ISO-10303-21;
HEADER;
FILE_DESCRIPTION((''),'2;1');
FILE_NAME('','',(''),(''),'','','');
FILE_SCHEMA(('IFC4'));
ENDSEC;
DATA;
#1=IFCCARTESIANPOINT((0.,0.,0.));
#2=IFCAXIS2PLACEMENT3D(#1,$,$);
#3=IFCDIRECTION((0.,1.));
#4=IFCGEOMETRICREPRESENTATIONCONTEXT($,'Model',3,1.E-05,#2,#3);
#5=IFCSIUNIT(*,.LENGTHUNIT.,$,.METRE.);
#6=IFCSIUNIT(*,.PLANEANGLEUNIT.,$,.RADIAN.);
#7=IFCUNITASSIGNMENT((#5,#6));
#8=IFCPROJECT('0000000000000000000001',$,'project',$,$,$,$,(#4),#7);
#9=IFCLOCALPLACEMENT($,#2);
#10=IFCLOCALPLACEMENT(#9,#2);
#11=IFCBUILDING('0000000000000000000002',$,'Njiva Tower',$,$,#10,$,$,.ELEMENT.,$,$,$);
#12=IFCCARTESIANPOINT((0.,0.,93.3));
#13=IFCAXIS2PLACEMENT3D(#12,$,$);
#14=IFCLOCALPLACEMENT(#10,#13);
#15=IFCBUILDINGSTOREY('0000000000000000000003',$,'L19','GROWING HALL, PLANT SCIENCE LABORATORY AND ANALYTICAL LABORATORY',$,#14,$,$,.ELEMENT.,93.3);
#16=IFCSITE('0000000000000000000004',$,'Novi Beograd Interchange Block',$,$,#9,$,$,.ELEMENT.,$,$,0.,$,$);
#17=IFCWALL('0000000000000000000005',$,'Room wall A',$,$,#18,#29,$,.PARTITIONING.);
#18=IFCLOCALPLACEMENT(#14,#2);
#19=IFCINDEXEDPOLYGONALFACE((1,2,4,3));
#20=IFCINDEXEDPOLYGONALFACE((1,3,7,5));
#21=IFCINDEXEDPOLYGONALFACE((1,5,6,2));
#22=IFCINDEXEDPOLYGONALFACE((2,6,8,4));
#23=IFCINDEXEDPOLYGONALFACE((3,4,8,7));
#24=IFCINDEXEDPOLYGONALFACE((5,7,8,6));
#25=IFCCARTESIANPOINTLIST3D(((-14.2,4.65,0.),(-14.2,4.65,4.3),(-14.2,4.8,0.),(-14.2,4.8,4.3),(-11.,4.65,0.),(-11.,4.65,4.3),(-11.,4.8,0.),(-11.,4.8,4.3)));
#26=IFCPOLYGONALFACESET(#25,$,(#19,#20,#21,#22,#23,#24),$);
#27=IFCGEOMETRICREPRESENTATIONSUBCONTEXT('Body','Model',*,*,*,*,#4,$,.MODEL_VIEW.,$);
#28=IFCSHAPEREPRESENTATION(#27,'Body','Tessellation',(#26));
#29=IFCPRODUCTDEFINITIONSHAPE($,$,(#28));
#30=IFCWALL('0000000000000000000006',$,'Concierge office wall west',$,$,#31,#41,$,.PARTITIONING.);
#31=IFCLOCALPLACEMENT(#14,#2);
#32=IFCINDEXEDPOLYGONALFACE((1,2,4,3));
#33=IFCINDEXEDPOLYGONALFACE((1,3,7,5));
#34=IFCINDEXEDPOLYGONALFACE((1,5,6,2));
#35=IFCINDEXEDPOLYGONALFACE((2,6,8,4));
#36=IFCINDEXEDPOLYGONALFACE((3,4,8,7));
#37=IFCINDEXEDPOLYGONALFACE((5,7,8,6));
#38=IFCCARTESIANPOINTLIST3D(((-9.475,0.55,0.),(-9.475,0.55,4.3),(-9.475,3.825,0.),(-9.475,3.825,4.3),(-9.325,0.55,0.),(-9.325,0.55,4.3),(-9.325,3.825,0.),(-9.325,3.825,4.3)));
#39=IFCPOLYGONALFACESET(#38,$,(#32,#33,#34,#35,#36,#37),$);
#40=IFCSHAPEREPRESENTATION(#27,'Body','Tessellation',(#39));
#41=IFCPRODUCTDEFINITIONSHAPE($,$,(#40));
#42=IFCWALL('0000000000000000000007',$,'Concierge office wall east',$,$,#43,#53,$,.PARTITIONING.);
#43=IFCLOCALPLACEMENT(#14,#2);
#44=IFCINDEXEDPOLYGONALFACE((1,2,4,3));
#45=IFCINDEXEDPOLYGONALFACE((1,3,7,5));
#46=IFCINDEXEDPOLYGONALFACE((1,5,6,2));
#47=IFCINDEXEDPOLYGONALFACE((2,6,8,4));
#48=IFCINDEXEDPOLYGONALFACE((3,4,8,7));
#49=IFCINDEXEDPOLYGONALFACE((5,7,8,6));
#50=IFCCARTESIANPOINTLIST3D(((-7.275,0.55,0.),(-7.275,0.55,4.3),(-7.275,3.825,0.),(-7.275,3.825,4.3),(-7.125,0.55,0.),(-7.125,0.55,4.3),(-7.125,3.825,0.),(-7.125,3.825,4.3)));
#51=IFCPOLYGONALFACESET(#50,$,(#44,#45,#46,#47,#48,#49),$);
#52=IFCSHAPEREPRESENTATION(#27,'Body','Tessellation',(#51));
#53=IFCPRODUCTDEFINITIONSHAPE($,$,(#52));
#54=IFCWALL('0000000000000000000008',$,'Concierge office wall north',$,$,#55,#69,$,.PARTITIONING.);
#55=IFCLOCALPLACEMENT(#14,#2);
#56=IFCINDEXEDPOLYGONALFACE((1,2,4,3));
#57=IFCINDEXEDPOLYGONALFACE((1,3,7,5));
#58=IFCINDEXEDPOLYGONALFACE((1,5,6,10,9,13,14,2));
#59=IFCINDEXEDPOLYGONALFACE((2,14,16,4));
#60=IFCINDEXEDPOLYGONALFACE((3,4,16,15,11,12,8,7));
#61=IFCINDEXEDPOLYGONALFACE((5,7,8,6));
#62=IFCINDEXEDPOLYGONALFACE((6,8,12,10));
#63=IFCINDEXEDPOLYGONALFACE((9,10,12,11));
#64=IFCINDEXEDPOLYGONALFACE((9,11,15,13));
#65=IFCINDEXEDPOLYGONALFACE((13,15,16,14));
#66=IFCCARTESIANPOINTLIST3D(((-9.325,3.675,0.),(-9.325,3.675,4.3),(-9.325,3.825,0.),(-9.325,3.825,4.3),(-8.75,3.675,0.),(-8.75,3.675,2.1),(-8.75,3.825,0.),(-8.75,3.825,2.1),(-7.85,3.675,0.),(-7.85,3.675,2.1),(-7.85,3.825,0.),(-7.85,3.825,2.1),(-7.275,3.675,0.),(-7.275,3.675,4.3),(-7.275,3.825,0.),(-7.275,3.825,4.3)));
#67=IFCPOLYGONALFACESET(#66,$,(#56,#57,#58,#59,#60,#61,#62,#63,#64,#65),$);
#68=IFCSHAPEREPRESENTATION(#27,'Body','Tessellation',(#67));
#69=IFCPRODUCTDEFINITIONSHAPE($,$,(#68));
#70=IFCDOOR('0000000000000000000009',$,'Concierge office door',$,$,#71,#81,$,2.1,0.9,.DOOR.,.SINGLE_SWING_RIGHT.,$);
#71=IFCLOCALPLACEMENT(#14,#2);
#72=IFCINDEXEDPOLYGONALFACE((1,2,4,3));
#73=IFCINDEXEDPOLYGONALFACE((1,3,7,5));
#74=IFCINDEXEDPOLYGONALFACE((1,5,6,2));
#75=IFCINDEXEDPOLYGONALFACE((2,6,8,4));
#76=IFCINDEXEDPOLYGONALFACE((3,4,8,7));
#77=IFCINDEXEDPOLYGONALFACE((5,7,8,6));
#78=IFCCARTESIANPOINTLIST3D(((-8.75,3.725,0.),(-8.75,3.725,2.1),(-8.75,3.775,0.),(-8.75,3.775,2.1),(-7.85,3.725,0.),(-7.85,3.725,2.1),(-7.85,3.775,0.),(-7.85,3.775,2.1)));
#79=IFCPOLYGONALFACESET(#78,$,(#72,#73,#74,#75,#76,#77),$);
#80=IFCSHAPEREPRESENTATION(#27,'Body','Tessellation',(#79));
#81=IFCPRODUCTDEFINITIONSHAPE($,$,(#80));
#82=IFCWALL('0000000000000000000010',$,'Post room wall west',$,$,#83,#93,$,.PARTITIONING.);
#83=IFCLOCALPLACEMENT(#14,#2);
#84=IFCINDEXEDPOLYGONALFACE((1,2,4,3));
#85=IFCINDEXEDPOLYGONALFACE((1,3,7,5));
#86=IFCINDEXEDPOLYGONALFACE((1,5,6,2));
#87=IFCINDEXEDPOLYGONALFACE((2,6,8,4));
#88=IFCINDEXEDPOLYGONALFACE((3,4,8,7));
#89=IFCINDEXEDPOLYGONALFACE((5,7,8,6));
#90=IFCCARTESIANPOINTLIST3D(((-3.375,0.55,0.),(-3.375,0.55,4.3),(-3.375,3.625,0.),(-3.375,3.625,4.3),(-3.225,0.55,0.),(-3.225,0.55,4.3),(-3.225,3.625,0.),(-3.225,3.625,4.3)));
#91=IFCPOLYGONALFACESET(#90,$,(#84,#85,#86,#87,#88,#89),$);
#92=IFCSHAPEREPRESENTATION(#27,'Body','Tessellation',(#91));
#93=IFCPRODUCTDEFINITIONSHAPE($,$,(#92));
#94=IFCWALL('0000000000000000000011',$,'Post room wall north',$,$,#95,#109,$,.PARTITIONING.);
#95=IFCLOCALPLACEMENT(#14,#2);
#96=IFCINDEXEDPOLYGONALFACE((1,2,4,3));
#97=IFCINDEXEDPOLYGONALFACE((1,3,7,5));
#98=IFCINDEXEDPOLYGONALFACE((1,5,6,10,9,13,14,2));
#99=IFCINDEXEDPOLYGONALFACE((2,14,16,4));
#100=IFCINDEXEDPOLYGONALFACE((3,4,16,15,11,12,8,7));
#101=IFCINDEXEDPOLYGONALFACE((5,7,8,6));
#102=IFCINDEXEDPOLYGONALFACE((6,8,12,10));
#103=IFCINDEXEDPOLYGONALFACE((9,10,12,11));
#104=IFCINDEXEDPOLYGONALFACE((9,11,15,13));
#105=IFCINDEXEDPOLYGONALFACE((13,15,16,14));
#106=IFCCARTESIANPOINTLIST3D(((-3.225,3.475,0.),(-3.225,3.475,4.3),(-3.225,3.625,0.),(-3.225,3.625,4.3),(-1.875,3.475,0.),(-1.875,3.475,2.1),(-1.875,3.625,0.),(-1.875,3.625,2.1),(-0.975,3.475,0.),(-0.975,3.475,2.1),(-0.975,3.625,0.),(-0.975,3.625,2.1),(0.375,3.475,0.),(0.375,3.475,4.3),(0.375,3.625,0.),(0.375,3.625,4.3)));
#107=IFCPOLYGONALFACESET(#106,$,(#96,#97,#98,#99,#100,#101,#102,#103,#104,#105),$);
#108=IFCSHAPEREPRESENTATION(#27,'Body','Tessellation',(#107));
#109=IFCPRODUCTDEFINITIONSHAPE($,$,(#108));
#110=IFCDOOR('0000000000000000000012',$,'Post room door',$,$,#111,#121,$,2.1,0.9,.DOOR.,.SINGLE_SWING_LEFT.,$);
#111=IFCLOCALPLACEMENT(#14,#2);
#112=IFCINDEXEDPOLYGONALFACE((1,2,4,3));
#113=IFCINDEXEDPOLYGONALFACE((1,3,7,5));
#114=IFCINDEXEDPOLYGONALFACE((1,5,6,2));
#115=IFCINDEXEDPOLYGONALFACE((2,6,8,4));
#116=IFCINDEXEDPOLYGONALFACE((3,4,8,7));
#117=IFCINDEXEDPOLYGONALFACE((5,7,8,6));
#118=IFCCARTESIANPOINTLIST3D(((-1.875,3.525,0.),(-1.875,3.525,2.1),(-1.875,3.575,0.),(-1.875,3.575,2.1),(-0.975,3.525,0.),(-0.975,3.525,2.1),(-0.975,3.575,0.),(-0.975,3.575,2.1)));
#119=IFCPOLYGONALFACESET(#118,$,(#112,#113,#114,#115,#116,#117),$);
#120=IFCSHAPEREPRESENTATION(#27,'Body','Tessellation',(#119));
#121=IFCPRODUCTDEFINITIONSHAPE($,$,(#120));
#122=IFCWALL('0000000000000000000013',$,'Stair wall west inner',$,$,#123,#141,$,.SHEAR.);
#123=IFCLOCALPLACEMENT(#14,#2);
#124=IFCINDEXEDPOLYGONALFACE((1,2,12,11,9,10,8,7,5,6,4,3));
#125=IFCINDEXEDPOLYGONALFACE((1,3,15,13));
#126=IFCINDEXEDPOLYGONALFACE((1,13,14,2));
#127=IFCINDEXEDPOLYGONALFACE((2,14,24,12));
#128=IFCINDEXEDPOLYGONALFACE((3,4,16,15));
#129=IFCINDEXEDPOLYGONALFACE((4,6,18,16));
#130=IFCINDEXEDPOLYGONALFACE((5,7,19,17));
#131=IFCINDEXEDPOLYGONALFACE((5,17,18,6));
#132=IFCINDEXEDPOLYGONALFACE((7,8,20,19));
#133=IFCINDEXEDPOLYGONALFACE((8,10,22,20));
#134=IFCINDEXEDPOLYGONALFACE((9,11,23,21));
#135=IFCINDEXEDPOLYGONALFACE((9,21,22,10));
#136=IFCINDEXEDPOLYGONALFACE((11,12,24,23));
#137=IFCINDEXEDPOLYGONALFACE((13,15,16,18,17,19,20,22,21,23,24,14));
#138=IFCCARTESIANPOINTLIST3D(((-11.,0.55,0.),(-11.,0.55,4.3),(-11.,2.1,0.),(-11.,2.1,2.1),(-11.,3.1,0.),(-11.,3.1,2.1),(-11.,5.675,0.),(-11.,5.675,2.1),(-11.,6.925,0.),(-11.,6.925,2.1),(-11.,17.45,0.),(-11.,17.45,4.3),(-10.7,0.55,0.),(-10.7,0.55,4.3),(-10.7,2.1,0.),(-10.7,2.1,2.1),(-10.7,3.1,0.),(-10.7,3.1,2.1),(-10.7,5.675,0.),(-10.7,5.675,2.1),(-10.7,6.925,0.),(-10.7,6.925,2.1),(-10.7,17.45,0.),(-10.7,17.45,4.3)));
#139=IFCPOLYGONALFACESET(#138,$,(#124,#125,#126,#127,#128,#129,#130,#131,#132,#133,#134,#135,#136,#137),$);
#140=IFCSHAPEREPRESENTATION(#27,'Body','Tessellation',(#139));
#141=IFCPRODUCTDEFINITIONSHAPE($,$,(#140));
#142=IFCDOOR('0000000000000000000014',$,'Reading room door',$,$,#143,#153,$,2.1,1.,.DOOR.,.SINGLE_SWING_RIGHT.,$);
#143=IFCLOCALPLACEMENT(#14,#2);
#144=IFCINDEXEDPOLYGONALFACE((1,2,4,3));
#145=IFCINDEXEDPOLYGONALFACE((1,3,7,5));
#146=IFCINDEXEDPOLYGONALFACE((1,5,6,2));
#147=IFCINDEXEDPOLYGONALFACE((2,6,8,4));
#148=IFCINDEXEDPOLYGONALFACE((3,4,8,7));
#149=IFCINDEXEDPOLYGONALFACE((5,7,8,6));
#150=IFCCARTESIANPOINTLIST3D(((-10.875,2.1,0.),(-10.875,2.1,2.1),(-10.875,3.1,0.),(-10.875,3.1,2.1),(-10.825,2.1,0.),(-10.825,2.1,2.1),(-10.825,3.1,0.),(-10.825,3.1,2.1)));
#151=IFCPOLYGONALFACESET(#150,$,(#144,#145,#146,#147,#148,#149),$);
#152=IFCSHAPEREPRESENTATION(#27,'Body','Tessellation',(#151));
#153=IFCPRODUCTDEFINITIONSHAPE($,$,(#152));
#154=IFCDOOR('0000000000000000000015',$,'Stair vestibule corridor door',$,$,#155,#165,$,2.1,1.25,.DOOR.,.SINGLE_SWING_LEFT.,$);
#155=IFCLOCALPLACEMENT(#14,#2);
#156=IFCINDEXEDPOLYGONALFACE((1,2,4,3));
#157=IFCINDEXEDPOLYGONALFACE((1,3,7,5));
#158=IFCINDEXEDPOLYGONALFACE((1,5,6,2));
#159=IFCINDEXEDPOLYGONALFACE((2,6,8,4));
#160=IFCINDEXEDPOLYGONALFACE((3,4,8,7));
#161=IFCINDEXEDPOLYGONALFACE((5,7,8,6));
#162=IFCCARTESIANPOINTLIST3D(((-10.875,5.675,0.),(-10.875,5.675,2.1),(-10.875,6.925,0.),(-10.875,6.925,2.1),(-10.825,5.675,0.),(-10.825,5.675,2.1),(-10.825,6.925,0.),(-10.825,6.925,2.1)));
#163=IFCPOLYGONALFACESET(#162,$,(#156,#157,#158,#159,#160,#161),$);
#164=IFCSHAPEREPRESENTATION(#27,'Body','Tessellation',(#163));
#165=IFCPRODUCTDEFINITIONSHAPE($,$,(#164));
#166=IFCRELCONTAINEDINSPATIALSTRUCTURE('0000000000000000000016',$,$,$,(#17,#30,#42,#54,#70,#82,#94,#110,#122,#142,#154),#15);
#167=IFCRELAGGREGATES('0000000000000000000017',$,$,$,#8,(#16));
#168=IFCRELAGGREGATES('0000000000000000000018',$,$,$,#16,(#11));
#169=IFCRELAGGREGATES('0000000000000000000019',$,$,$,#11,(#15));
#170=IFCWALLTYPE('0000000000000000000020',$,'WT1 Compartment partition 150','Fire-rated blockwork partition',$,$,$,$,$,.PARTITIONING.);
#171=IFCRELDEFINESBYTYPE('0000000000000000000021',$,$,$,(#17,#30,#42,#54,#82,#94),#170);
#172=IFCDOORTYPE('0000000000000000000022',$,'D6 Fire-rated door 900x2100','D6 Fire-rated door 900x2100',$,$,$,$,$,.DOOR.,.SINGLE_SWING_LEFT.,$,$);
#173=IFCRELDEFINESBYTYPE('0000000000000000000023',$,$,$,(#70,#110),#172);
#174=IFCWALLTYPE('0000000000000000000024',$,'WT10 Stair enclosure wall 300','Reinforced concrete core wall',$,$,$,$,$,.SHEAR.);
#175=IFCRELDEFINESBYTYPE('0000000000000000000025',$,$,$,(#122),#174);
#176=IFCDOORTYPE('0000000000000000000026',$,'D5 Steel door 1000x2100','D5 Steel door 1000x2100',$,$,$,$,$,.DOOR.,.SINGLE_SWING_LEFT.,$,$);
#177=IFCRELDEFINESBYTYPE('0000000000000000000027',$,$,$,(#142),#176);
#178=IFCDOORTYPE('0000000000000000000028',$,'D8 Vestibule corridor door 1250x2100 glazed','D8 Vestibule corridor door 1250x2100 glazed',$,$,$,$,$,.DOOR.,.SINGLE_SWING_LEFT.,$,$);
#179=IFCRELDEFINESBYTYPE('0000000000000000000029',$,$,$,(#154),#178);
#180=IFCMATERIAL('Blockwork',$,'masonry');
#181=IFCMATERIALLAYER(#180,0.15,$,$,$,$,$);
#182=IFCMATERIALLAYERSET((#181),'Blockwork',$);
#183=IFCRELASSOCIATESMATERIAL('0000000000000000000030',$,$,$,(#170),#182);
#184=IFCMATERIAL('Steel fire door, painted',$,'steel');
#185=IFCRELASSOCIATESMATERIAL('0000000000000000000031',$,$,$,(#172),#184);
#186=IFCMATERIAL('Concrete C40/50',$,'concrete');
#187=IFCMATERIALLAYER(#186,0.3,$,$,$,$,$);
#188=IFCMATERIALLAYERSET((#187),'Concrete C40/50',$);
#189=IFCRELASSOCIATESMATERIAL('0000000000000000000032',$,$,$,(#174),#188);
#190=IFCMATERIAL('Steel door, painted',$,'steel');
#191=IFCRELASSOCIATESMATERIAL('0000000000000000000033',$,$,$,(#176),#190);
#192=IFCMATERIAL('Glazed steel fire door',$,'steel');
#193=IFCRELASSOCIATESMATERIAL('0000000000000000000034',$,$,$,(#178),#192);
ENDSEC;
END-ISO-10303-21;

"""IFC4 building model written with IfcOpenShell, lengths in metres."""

from ifc_helpers import new_model, si_unit, direction, frame, frame_2d, origin, place, context, subcontext, project, spatial, rectangle, extrude, material, layer, layer_set, type_object, element, fill, save


model = new_model("IFC4")

# Units and contexts
model_context = context("Model", 3, precision=1e-05, world=origin(), true_north=direction((0.0, 1.0)))
body_context = subcontext(model_context, "Body", "Model", "MODEL_VIEW")
ifc_project = project(units=[si_unit("LENGTHUNIT", "METRE"), si_unit("PLANEANGLEUNIT", "RADIAN")], contexts=[model_context])

# Site, building, storey
site_placement = place(None, origin())
site = spatial("IfcSite", under=ifc_project, at=site_placement, Name="Novi Beograd Interchange Block", CompositionType="ELEMENT", RefElevation=0.0)
building_placement = place(site_placement, origin())
building = spatial("IfcBuilding", under=site, at=building_placement, Name="Njiva Tower", CompositionType="ELEMENT")
storey_placement = place(building_placement, frame((0.0, 0.0, 93.3)))
storey = spatial("IfcBuildingStorey", under=building, at=storey_placement, Name="L19", Description="GROWING HALL, PLANT SCIENCE LABORATORY AND ANALYTICAL LABORATORY", CompositionType="ELEMENT", Elevation=93.3)

# Walls
ifc_material_1 = material(Name="Blockwork", Category="masonry")
ifc_layer_1 = layer(ifc_material_1, 0.15)
ifc_layer_set_1 = layer_set([ifc_layer_1], Name="Blockwork")
wall_type_1 = type_object("IfcWallType", Name="WT1 Compartment partition 150", Description="Fire-rated blockwork partition", PredefinedType="PARTITIONING", material=ifc_layer_set_1)
wall_1_placement = place(storey_placement, frame((-14.2, 4.725, 0.0), z_axis=(0.0, 0.0, 1.0), x_axis=(1.0, 0.0, 0.0)))
element("IfcWall", 1, at=wall_1_placement, inside=storey, type_object=wall_type_1, Name="Room wall A", PredefinedType="PARTITIONING", context=body_context, shape_type="SweptSolid", body=[
    extrude(rectangle(XDim=3.2, YDim=0.15, at=frame_2d((1.6, 0.0))), origin(), (0.0, 0.0, 1.0), 4.3),
])
for number, where, z_axis, x_axis, name in (
    (2, (-9.4, 0.55, 0.0), (0.0, 0.0, 1.0), (0.0, 1.0, 0.0), "Concierge office wall west"),
    (3, (-7.2, 0.55, 0.0), (0.0, 0.0, 1.0), (0.0, 1.0, 0.0), "Concierge office wall east"),
):
    element("IfcWall", number, at=place(storey_placement, frame(where, z_axis=z_axis, x_axis=x_axis)), inside=storey, type_object=wall_type_1, Name=name, PredefinedType="PARTITIONING", context=body_context, shape_type="SweptSolid", body=[
        extrude(rectangle(XDim=3.275, YDim=0.15, at=frame_2d((1.6375, 0.0))), origin(), (0.0, 0.0, 1.0), 4.3),
    ])

# Wall, opening, door
wall_2_placement = place(storey_placement, frame((-9.325, 3.75, 0.0), z_axis=(0.0, 0.0, 1.0), x_axis=(1.0, 0.0, 0.0)))
wall_2 = element("IfcWall", 4, at=wall_2_placement, inside=storey, type_object=wall_type_1, Name="Concierge office wall north", PredefinedType="PARTITIONING", context=body_context, shape_type="SweptSolid", body=[
    extrude(rectangle(XDim=2.05, YDim=0.15, at=frame_2d((1.025, 0.0))), origin(), (0.0, 0.0, 1.0), 4.3),
])
opening_1_placement = place(wall_2_placement, frame((0.575, 0.0, 0.0)))
opening_1 = element("IfcOpeningElement", 5, at=opening_1_placement, cuts=wall_2, PredefinedType="OPENING", context=body_context, shape_type="SweptSolid", body=[
    extrude(rectangle(XDim=0.9, YDim=2.1, at=frame_2d((0.45, 1.05))), frame((0.0, 0.085, 0.0), z_axis=(0.0, -1.0, 0.0), x_axis=(1.0, 0.0, 0.0)), (0.0, 0.0, 1.0), 0.17),
])
ifc_material_2 = material(Name="Steel fire door, painted", Category="steel")
door_type_1 = type_object("IfcDoorType", Name="D6 Fire-rated door 900x2100", Description="D6 Fire-rated door 900x2100", OperationType="SINGLE_SWING_LEFT", PredefinedType="DOOR", material=ifc_material_2)
door_1_placement = place(opening_1_placement, origin())
door_1 = element("IfcDoor", 6, at=door_1_placement, inside=storey, type_object=door_type_1, Name="Concierge office door", OperationType="SINGLE_SWING_RIGHT", OverallHeight=2.1, OverallWidth=0.9, PredefinedType="DOOR", context=body_context, shape_type="SweptSolid", body=[
    extrude(rectangle(XDim=0.9, YDim=2.1, at=frame_2d((0.45, 1.05))), frame((0.0, 0.025, 0.0), z_axis=(0.0, -1.0, 0.0), x_axis=(1.0, 0.0, 0.0)), (0.0, 0.0, 1.0), 0.05),
])
fill(opening_1, door_1)

# Wall
wall_3_placement = place(storey_placement, frame((-3.3, 0.55, 0.0), z_axis=(0.0, 0.0, 1.0), x_axis=(0.0, 1.0, 0.0)))
element("IfcWall", 7, at=wall_3_placement, inside=storey, type_object=wall_type_1, Name="Post room wall west", PredefinedType="PARTITIONING", context=body_context, shape_type="SweptSolid", body=[
    extrude(rectangle(XDim=3.075, YDim=0.15, at=frame_2d((1.5375, 0.0))), origin(), (0.0, 0.0, 1.0), 4.3),
])

# Wall, opening, door
wall_4_placement = place(storey_placement, frame((-3.225, 3.55, 0.0), z_axis=(0.0, 0.0, 1.0), x_axis=(1.0, 0.0, 0.0)))
wall_4 = element("IfcWall", 8, at=wall_4_placement, inside=storey, type_object=wall_type_1, Name="Post room wall north", PredefinedType="PARTITIONING", context=body_context, shape_type="SweptSolid", body=[
    extrude(rectangle(XDim=3.6, YDim=0.15, at=frame_2d((1.8, 0.0))), origin(), (0.0, 0.0, 1.0), 4.3),
])
opening_2_placement = place(wall_4_placement, frame((1.35, 0.0, 0.0)))
opening_2 = element("IfcOpeningElement", 9, at=opening_2_placement, cuts=wall_4, PredefinedType="OPENING", context=body_context, shape_type="SweptSolid", body=[
    extrude(rectangle(XDim=0.9, YDim=2.1, at=frame_2d((0.45, 1.05))), frame((0.0, 0.085, 0.0), z_axis=(0.0, -1.0, 0.0), x_axis=(1.0, 0.0, 0.0)), (0.0, 0.0, 1.0), 0.17),
])
door_2_placement = place(opening_2_placement, origin())
door_2 = element("IfcDoor", 10, at=door_2_placement, inside=storey, type_object=door_type_1, Name="Post room door", OperationType="SINGLE_SWING_LEFT", OverallHeight=2.1, OverallWidth=0.9, PredefinedType="DOOR", context=body_context, shape_type="SweptSolid", body=[
    extrude(rectangle(XDim=0.9, YDim=2.1, at=frame_2d((0.45, 1.05))), frame((0.0, 0.025, 0.0), z_axis=(0.0, -1.0, 0.0), x_axis=(1.0, 0.0, 0.0)), (0.0, 0.0, 1.0), 0.05),
])
fill(opening_2, door_2)

# Wall, openings, doors
ifc_material_3 = material(Name="Concrete C40/50", Category="concrete")
ifc_layer_2 = layer(ifc_material_3, 0.3)
ifc_layer_set_2 = layer_set([ifc_layer_2], Name="Concrete C40/50")
wall_type_2 = type_object("IfcWallType", Name="WT10 Stair enclosure wall 300", Description="Reinforced concrete core wall", PredefinedType="SHEAR", material=ifc_layer_set_2)
wall_5_placement = place(storey_placement, frame((-10.85, 0.55, 0.0), z_axis=(0.0, 0.0, 1.0), x_axis=(0.0, 1.0, 0.0)))
wall_5 = element("IfcWall", 11, at=wall_5_placement, inside=storey, type_object=wall_type_2, Name="Stair wall west inner", PredefinedType="SHEAR", context=body_context, shape_type="SweptSolid", body=[
    extrude(rectangle(XDim=16.9, YDim=0.3, at=frame_2d((8.45, 0.0))), origin(), (0.0, 0.0, 1.0), 4.3),
])
opening_3_placement = place(wall_5_placement, frame((5.125, 0.0, 0.0)))
opening_3 = element("IfcOpeningElement", 12, at=opening_3_placement, cuts=wall_5, PredefinedType="OPENING", context=body_context, shape_type="SweptSolid", body=[
    extrude(rectangle(XDim=1.25, YDim=2.1, at=frame_2d((0.625, 1.05))), frame((0.0, 0.16, 0.0), z_axis=(0.0, -1.0, 0.0), x_axis=(1.0, 0.0, 0.0)), (0.0, 0.0, 1.0), 0.32),
])
opening_4_placement = place(wall_5_placement, frame((1.55, 0.0, 0.0)))
opening_4 = element("IfcOpeningElement", 13, at=opening_4_placement, cuts=wall_5, PredefinedType="OPENING", context=body_context, shape_type="SweptSolid", body=[
    extrude(rectangle(XDim=1.0, YDim=2.1, at=frame_2d((0.5, 1.05))), frame((0.0, 0.16, 0.0), z_axis=(0.0, -1.0, 0.0), x_axis=(1.0, 0.0, 0.0)), (0.0, 0.0, 1.0), 0.32),
])
ifc_material_4 = material(Name="Steel door, painted", Category="steel")
door_type_2 = type_object("IfcDoorType", Name="D5 Steel door 1000x2100", Description="D5 Steel door 1000x2100", OperationType="SINGLE_SWING_LEFT", PredefinedType="DOOR", material=ifc_material_4)
door_3_placement = place(opening_4_placement, origin())
door_3 = element("IfcDoor", 14, at=door_3_placement, inside=storey, type_object=door_type_2, Name="Reading room door", OperationType="SINGLE_SWING_RIGHT", OverallHeight=2.1, OverallWidth=1.0, PredefinedType="DOOR", context=body_context, shape_type="SweptSolid", body=[
    extrude(rectangle(XDim=1.0, YDim=2.1, at=frame_2d((0.5, 1.05))), frame((0.0, 0.025, 0.0), z_axis=(0.0, -1.0, 0.0), x_axis=(1.0, 0.0, 0.0)), (0.0, 0.0, 1.0), 0.05),
])
fill(opening_4, door_3)
ifc_material_5 = material(Name="Glazed steel fire door", Category="steel")
door_type_3 = type_object("IfcDoorType", Name="D8 Vestibule corridor door 1250x2100 glazed", Description="D8 Vestibule corridor door 1250x2100 glazed", OperationType="SINGLE_SWING_LEFT", PredefinedType="DOOR", material=ifc_material_5)
door_4_placement = place(opening_3_placement, origin())
door_4 = element("IfcDoor", 15, at=door_4_placement, inside=storey, type_object=door_type_3, Name="Stair vestibule corridor door", OperationType="SINGLE_SWING_LEFT", OverallHeight=2.1, OverallWidth=1.25, PredefinedType="DOOR", context=body_context, shape_type="SweptSolid", body=[
    extrude(rectangle(XDim=1.25, YDim=2.1, at=frame_2d((0.625, 1.05))), frame((0.0, 0.025, 0.0), z_axis=(0.0, -1.0, 0.0), x_axis=(1.0, 0.0, 0.0)), (0.0, 0.0, 1.0), 0.05),
])
fill(opening_3, door_4)

save(model, "model.ifc")
